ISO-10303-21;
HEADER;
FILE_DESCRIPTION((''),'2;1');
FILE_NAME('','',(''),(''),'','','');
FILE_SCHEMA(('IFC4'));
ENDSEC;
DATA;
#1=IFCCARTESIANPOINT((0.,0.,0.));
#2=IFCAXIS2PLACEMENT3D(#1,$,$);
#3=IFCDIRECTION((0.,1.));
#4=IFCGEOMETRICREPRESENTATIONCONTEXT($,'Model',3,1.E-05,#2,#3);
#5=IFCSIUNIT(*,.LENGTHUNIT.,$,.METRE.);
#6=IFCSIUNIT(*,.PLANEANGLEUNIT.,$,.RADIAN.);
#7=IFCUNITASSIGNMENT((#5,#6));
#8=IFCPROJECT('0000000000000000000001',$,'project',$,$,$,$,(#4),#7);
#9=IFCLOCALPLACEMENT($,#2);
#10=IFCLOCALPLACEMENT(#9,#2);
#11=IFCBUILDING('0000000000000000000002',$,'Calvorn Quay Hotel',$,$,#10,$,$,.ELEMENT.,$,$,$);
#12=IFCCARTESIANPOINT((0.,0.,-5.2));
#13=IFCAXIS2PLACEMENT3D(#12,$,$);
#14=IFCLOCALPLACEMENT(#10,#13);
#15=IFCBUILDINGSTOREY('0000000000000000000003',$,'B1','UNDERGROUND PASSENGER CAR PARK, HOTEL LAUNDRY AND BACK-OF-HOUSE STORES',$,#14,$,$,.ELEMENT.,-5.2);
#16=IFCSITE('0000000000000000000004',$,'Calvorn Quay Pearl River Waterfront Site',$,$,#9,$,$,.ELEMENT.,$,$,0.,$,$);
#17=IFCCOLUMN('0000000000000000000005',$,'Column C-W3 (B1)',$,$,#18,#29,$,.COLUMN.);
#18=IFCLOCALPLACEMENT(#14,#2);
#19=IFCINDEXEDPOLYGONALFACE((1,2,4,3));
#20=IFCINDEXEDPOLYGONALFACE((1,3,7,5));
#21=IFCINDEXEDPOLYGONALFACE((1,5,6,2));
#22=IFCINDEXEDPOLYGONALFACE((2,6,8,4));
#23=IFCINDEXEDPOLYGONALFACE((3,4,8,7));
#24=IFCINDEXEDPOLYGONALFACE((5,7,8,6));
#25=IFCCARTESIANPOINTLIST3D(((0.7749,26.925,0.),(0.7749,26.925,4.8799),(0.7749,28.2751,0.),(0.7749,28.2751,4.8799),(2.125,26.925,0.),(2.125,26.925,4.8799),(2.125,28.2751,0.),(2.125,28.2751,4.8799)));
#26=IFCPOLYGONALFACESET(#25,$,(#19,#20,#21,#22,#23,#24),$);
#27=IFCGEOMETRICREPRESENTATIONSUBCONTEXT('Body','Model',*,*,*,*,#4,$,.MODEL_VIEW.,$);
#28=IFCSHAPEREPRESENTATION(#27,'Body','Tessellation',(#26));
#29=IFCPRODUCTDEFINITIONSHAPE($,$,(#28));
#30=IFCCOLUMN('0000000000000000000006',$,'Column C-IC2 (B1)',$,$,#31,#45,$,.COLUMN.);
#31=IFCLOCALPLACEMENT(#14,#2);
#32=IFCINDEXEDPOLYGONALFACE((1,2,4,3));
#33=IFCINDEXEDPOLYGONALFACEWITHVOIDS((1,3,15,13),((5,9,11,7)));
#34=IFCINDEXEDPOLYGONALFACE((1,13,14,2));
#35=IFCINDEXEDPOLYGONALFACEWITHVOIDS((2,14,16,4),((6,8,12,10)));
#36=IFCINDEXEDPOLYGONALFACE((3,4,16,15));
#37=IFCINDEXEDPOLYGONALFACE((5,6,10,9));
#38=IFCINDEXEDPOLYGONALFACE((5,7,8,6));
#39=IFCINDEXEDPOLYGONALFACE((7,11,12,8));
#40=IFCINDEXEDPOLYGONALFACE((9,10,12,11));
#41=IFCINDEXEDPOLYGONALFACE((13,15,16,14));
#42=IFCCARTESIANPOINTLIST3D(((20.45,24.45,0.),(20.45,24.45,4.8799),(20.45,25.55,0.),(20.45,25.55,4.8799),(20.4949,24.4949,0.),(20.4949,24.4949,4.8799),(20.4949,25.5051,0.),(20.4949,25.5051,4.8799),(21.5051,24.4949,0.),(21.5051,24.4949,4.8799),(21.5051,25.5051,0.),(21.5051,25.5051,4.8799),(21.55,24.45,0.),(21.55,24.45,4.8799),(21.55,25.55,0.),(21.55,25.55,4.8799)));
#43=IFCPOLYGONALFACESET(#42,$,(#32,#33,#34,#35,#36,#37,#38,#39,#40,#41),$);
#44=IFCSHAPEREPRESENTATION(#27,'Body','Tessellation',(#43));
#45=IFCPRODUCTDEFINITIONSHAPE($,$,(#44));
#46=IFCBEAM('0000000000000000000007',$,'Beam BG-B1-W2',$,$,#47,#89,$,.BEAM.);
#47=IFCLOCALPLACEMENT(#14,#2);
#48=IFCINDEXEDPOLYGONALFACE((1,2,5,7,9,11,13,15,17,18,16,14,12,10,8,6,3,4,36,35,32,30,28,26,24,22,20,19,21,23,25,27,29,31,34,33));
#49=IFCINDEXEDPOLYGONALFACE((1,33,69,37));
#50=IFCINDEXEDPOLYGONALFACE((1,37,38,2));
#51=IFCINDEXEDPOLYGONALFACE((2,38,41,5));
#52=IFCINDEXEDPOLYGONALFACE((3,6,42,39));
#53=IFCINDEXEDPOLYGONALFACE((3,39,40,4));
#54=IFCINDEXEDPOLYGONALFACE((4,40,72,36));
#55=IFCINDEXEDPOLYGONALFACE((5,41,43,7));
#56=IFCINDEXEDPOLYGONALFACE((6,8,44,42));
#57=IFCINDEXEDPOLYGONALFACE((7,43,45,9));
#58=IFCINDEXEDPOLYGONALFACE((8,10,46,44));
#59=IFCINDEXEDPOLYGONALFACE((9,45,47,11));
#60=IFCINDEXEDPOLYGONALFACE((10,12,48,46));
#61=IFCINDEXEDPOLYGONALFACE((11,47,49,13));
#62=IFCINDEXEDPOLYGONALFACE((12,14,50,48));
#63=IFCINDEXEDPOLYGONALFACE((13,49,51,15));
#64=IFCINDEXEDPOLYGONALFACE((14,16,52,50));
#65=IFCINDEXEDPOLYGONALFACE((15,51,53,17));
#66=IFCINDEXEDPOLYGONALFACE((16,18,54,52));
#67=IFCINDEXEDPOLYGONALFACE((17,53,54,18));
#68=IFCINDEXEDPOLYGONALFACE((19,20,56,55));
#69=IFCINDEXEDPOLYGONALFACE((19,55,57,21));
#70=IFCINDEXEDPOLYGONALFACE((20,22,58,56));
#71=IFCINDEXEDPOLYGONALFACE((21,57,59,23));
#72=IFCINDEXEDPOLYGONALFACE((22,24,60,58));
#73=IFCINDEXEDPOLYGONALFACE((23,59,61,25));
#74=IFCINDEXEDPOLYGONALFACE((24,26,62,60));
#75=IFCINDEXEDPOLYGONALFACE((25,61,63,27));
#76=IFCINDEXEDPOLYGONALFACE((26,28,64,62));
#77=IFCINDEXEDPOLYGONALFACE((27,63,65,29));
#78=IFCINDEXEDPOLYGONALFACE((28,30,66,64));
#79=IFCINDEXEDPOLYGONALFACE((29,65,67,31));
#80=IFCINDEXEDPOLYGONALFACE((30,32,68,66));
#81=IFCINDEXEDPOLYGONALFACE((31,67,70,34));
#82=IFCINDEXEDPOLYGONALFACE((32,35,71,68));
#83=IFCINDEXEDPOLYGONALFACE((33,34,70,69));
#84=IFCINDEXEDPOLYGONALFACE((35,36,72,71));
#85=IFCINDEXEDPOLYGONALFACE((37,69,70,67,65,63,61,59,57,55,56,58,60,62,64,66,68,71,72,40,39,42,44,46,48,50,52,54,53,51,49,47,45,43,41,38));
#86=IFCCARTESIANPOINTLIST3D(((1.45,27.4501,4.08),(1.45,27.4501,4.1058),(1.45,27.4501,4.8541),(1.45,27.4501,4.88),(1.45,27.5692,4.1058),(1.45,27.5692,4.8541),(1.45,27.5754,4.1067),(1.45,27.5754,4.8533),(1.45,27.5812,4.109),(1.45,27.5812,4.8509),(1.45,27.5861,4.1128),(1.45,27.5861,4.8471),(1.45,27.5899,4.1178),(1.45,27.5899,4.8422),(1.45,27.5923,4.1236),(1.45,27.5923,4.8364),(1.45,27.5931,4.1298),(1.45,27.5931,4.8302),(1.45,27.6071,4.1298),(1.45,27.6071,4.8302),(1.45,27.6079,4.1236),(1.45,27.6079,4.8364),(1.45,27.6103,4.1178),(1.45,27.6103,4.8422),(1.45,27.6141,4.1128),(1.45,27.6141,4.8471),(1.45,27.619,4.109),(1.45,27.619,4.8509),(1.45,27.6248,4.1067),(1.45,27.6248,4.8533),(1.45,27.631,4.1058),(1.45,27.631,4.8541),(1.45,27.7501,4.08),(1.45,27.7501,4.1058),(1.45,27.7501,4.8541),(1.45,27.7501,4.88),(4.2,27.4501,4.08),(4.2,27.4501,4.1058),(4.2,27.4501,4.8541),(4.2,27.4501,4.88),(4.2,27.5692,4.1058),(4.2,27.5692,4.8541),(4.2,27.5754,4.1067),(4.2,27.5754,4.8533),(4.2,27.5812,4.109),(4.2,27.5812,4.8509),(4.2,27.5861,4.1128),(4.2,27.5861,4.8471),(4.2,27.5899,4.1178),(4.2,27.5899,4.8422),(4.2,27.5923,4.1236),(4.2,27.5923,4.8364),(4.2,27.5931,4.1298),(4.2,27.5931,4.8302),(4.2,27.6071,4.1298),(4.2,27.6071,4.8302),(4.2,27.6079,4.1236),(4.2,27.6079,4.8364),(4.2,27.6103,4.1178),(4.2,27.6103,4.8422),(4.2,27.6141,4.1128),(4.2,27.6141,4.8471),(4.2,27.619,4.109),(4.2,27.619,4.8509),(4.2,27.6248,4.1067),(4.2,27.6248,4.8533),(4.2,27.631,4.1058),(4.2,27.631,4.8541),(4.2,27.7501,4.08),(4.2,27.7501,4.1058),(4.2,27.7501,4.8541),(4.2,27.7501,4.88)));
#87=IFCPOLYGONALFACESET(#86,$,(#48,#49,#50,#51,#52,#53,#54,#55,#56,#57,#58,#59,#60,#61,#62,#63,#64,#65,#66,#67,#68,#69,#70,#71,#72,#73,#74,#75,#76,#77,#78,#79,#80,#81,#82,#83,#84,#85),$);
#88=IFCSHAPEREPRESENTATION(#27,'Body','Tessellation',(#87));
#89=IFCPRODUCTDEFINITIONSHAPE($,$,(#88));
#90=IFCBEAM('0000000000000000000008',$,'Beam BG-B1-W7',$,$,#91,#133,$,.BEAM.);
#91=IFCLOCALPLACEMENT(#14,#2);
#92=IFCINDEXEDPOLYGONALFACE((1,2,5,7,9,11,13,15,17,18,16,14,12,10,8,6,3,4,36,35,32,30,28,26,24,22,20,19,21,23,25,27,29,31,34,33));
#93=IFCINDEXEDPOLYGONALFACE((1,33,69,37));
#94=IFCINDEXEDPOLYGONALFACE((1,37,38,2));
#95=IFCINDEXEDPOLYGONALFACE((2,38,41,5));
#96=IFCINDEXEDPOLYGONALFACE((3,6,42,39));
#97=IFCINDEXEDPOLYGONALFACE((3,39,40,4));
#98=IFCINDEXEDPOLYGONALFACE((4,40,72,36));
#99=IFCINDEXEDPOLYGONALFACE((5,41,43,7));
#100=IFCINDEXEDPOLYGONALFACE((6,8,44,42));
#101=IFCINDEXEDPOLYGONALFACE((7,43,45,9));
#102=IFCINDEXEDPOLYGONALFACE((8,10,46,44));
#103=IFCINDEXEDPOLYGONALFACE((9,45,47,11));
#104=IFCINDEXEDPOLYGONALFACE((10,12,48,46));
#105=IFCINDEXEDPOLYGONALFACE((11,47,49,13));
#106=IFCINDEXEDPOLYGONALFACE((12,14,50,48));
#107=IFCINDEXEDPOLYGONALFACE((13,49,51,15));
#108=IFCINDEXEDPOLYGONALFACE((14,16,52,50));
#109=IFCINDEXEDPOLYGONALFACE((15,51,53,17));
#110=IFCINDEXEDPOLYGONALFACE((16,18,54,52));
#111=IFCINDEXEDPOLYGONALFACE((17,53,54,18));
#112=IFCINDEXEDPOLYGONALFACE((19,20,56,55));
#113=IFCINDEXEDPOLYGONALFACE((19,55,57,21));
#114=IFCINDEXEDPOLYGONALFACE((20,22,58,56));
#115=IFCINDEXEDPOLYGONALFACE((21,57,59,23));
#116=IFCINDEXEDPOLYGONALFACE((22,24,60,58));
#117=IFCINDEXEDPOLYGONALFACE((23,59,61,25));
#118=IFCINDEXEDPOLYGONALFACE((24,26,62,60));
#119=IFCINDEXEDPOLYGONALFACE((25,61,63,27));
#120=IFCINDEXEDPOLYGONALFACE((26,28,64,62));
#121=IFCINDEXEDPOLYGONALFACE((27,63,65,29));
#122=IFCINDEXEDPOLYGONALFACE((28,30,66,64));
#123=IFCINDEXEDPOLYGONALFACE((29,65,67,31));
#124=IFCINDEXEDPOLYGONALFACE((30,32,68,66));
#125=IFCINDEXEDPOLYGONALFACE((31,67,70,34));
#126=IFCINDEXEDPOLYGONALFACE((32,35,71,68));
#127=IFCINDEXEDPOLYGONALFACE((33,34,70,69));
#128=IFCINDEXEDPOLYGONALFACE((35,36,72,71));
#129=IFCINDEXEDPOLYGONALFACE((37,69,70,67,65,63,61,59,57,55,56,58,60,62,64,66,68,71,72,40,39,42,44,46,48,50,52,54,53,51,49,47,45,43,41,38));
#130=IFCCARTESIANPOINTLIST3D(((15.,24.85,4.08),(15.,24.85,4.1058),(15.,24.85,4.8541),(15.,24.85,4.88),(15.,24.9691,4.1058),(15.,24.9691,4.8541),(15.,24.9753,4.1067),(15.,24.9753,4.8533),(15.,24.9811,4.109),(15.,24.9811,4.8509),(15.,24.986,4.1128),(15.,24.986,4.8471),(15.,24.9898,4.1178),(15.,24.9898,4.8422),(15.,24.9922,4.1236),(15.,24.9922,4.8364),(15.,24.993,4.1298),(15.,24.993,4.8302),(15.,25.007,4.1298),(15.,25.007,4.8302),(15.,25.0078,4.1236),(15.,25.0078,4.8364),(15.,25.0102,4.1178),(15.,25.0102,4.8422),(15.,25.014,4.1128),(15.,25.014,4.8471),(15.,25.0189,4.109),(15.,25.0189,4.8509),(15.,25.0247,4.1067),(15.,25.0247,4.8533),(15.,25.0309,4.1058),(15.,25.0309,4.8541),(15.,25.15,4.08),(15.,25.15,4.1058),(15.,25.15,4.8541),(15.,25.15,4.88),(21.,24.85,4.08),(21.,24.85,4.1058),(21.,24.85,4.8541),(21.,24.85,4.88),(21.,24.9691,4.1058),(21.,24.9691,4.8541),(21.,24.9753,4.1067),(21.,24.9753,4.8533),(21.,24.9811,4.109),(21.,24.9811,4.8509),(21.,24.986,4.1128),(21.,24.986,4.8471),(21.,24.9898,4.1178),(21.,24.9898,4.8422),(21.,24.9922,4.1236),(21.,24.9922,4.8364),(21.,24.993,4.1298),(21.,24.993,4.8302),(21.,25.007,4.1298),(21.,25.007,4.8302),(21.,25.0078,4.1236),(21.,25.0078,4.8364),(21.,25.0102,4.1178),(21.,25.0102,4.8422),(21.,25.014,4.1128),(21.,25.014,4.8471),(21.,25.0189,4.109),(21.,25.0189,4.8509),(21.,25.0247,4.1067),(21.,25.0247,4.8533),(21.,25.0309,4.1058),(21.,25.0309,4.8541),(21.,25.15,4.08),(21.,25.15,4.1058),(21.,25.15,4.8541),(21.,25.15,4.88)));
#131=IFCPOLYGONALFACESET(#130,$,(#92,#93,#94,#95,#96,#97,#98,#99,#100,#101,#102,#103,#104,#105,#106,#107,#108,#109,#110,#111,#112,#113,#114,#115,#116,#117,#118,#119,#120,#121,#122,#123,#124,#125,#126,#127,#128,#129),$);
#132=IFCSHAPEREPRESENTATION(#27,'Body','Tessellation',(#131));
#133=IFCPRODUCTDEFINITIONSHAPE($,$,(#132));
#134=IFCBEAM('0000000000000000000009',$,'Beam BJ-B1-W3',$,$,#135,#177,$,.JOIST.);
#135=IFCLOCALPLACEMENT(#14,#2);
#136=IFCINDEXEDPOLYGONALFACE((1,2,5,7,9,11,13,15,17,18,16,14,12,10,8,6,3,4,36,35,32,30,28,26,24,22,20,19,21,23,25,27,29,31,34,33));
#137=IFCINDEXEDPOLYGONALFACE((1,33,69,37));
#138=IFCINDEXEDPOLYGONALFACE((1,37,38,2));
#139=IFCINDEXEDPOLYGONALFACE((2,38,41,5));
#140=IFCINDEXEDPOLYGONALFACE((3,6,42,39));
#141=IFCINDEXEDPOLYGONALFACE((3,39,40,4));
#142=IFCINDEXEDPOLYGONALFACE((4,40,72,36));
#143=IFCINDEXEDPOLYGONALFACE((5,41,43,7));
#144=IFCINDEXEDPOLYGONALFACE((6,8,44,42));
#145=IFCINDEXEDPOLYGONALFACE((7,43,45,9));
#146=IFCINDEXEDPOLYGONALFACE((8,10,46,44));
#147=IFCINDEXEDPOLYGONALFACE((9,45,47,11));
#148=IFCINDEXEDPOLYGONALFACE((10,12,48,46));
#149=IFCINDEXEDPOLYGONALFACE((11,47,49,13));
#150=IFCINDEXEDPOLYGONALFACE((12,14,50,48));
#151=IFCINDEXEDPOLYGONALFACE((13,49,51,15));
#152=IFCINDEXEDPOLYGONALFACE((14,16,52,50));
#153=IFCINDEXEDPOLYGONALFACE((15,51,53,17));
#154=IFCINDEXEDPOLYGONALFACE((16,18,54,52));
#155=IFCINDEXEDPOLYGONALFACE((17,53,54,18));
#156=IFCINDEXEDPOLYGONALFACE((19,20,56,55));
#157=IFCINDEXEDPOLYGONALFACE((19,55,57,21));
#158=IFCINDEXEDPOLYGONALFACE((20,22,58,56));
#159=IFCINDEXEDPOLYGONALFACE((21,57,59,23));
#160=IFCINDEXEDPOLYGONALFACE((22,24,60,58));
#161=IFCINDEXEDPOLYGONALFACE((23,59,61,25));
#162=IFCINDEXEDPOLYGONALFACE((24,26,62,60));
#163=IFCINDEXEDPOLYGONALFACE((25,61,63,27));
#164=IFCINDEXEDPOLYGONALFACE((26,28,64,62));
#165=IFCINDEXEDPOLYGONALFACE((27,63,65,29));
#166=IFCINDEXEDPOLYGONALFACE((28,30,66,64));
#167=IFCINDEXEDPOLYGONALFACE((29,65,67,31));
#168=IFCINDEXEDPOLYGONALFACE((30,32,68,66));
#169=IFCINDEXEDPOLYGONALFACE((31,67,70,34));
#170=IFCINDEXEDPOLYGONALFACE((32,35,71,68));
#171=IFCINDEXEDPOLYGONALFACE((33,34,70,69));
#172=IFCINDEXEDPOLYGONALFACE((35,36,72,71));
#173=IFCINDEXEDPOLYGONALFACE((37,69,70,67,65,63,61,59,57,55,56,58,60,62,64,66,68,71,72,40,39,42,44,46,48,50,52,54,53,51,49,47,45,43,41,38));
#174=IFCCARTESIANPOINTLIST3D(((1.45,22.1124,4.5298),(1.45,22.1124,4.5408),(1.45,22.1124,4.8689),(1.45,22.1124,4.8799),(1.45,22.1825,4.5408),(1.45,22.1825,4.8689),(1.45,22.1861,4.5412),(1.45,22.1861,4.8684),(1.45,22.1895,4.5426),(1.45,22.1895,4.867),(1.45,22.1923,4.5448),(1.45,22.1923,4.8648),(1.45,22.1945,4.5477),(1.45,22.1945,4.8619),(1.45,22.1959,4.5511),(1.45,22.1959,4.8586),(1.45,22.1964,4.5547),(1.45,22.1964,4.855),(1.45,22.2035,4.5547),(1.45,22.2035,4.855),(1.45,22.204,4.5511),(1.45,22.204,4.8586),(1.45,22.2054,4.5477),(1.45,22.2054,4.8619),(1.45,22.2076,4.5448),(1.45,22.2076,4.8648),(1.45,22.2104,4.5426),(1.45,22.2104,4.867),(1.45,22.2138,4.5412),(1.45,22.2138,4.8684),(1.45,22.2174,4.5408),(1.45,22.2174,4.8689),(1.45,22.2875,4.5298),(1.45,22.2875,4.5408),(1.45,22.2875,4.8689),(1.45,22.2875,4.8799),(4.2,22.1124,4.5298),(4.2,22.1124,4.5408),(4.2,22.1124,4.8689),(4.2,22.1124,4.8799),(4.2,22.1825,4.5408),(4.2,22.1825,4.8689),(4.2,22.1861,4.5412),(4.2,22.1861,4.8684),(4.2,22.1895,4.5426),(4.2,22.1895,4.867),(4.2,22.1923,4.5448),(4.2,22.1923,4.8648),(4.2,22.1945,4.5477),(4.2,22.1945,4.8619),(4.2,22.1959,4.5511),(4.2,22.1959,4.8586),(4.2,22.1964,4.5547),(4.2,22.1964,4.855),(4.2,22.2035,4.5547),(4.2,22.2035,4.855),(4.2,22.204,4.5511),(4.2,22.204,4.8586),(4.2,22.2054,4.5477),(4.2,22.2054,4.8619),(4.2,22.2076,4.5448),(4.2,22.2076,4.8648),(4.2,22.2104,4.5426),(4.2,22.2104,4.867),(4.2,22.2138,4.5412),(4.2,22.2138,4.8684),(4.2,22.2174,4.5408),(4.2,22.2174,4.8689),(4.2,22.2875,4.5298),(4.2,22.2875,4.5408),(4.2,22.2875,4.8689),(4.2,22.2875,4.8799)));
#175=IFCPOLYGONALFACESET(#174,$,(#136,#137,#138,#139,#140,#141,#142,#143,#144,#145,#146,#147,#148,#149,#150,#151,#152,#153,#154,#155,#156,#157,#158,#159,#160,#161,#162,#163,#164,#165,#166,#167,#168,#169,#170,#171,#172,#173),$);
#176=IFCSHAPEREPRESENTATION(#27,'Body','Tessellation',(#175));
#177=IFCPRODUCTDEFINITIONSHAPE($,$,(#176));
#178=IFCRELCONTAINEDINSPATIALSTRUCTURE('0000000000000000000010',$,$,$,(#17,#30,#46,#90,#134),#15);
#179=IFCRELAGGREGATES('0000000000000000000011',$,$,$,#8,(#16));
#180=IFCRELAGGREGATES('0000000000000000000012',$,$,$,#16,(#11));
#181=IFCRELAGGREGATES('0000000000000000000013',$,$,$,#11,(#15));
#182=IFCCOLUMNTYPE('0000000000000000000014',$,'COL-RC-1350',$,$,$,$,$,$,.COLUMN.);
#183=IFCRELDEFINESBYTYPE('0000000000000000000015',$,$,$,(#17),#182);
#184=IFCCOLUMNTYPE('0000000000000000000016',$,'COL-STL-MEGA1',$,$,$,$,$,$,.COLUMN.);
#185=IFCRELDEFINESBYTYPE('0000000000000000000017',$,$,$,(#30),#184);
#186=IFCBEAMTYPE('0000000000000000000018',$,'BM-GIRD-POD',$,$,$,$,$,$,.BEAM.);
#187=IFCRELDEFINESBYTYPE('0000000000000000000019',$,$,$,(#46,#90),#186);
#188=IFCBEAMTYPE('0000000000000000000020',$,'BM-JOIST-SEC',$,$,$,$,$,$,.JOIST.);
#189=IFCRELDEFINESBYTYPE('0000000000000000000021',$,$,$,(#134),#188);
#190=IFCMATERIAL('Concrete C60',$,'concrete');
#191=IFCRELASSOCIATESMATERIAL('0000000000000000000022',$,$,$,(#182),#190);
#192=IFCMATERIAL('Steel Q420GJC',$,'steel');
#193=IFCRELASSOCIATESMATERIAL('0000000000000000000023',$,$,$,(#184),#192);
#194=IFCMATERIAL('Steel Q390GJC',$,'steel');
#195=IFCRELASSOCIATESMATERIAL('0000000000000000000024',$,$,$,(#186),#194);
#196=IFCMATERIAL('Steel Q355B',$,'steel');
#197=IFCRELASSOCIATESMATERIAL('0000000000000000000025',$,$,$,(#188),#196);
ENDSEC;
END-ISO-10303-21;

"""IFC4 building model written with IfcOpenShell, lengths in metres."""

from ifc_helpers import new_model, si_unit, direction, frame, origin, origin_2d, place, context, subcontext, project, spatial, rectangle, hollow_rectangle, i_section, extrude, material, material_profile, profile_set, type_object, element, save


model = new_model("IFC4")

# Units and contexts
model_context = context("Model", 3, precision=1e-05, world=origin(), true_north=direction((0.0, 1.0)))
body_context = subcontext(model_context, "Body", "Model", "MODEL_VIEW")
ifc_project = project(units=[si_unit("LENGTHUNIT", "METRE"), si_unit("PLANEANGLEUNIT", "RADIAN")], contexts=[model_context])

# Site, building, storey
site_placement = place(None, origin())
site = spatial("IfcSite", under=ifc_project, at=site_placement, Name="Calvorn Quay Pearl River Waterfront Site", CompositionType="ELEMENT", RefElevation=0.0)
building_placement = place(site_placement, origin())
building = spatial("IfcBuilding", under=site, at=building_placement, Name="Calvorn Quay Hotel", CompositionType="ELEMENT")
storey_placement = place(building_placement, frame((0.0, 0.0, -5.2)))
storey = spatial("IfcBuildingStorey", under=building, at=storey_placement, Name="B1", Description="UNDERGROUND PASSENGER CAR PARK, HOTEL LAUNDRY AND BACK-OF-HOUSE STORES", CompositionType="ELEMENT", Elevation=-5.2)

# Columns
ifc_material_1 = material(Name="Concrete C60", Category="concrete")
ifc_material_profile_1 = material_profile(ifc_material_1, rectangle(XDim=1.3501, YDim=1.3501, at=origin_2d()), Name="RC1350x1350")
ifc_profile_set_1 = profile_set([ifc_material_profile_1], Name="Concrete C60")
column_type_1 = type_object("IfcColumnType", Name="COL-RC-1350", PredefinedType="COLUMN", material=ifc_profile_set_1)
column_1_placement = place(storey_placement, frame((1.45, 27.6001, 0.0), z_axis=(0.0, 0.0, 1.0), x_axis=(1.0, 0.0, 0.0)))
element("IfcColumn", 1, at=column_1_placement, inside=storey, type_object=column_type_1, Name="Column C-W3 (B1)", PredefinedType="COLUMN", context=body_context, shape_type="SweptSolid", body=[
    extrude(rectangle(XDim=1.3501, YDim=1.3501, at=origin_2d()), origin(), (0.0, 0.0, 1.0), 4.8799),
])
ifc_material_2 = material(Name="Steel Q420GJC", Category="steel")
ifc_material_profile_2 = material_profile(ifc_material_2, hollow_rectangle(XDim=1.1001, YDim=1.1001, WallThickness=0.0449, at=origin_2d()), Name="BOX1100x1100x45")
ifc_profile_set_2 = profile_set([ifc_material_profile_2], Name="Steel Q420GJC")
column_type_2 = type_object("IfcColumnType", Name="COL-STL-MEGA1", PredefinedType="COLUMN", material=ifc_profile_set_2)
column_2_placement = place(storey_placement, frame((21.0, 25.0, 0.0), z_axis=(0.0, 0.0, 1.0), x_axis=(1.0, 0.0, 0.0)))
element("IfcColumn", 2, at=column_2_placement, inside=storey, type_object=column_type_2, Name="Column C-IC2 (B1)", PredefinedType="COLUMN", context=body_context, shape_type="SweptSolid", body=[
    extrude(hollow_rectangle(XDim=1.1001, YDim=1.1001, WallThickness=0.0449, at=origin_2d()), origin(), (0.0, 0.0, 1.0), 4.8799),
])

# Beams
ifc_material_3 = material(Name="Steel Q390GJC", Category="steel")
ifc_material_profile_3 = material_profile(ifc_material_3, i_section(OverallWidth=0.3, OverallDepth=0.8, WebThickness=0.0139, FlangeThickness=0.0259, FilletRadius=0.0239, at=origin_2d()), Name="HN800x300x14x26")
ifc_profile_set_3 = profile_set([ifc_material_profile_3], Name="Steel Q390GJC")
beam_type_1 = type_object("IfcBeamType", Name="BM-GIRD-POD", PredefinedType="BEAM", material=ifc_profile_set_3)
beam_1_placement = place(storey_placement, frame((1.45, 27.6001, 4.48), z_axis=(1.0, 0.0, 0.0), x_axis=(0.0, 1.0, 0.0)))
element("IfcBeam", 3, at=beam_1_placement, inside=storey, type_object=beam_type_1, Name="Beam BG-B1-W2", PredefinedType="BEAM", context=body_context, shape_type="SweptSolid", body=[
    extrude(i_section(OverallWidth=0.3, OverallDepth=0.8, WebThickness=0.0139, FlangeThickness=0.0259, FilletRadius=0.0239, at=origin_2d()), origin(), (0.0, 0.0, 1.0), 2.75),
])
beam_2_placement = place(storey_placement, frame((21.0, 25.0, 4.48), z_axis=(-1.0, 0.0, 0.0), x_axis=(0.0, -1.0, 0.0)))
element("IfcBeam", 4, at=beam_2_placement, inside=storey, type_object=beam_type_1, Name="Beam BG-B1-W7", PredefinedType="BEAM", context=body_context, shape_type="SweptSolid", body=[
    extrude(i_section(OverallWidth=0.3, OverallDepth=0.8, WebThickness=0.0139, FlangeThickness=0.0259, FilletRadius=0.0239, at=origin_2d()), origin(), (0.0, 0.0, 1.0), 6.0),
])
ifc_material_4 = material(Name="Steel Q355B", Category="steel")
ifc_material_profile_4 = material_profile(ifc_material_4, i_section(OverallWidth=0.175, OverallDepth=0.3501, WebThickness=0.0071, FlangeThickness=0.011, FilletRadius=0.0139, at=origin_2d()), Name="HN350x175x7x11")
ifc_profile_set_4 = profile_set([ifc_material_profile_4], Name="Steel Q355B")
beam_type_2 = type_object("IfcBeamType", Name="BM-JOIST-SEC", PredefinedType="JOIST", material=ifc_profile_set_4)
beam_3_placement = place(storey_placement, frame((1.45, 22.2, 4.7048), z_axis=(1.0, 0.0, 0.0), x_axis=(0.0, 1.0, 0.0)))
element("IfcBeam", 5, at=beam_3_placement, inside=storey, type_object=beam_type_2, Name="Beam BJ-B1-W3", PredefinedType="JOIST", context=body_context, shape_type="SweptSolid", body=[
    extrude(i_section(OverallWidth=0.175, OverallDepth=0.3501, WebThickness=0.0071, FlangeThickness=0.011, FilletRadius=0.0139, at=origin_2d()), origin(), (0.0, 0.0, 1.0), 2.75),
])

save(model, "model.ifc")
